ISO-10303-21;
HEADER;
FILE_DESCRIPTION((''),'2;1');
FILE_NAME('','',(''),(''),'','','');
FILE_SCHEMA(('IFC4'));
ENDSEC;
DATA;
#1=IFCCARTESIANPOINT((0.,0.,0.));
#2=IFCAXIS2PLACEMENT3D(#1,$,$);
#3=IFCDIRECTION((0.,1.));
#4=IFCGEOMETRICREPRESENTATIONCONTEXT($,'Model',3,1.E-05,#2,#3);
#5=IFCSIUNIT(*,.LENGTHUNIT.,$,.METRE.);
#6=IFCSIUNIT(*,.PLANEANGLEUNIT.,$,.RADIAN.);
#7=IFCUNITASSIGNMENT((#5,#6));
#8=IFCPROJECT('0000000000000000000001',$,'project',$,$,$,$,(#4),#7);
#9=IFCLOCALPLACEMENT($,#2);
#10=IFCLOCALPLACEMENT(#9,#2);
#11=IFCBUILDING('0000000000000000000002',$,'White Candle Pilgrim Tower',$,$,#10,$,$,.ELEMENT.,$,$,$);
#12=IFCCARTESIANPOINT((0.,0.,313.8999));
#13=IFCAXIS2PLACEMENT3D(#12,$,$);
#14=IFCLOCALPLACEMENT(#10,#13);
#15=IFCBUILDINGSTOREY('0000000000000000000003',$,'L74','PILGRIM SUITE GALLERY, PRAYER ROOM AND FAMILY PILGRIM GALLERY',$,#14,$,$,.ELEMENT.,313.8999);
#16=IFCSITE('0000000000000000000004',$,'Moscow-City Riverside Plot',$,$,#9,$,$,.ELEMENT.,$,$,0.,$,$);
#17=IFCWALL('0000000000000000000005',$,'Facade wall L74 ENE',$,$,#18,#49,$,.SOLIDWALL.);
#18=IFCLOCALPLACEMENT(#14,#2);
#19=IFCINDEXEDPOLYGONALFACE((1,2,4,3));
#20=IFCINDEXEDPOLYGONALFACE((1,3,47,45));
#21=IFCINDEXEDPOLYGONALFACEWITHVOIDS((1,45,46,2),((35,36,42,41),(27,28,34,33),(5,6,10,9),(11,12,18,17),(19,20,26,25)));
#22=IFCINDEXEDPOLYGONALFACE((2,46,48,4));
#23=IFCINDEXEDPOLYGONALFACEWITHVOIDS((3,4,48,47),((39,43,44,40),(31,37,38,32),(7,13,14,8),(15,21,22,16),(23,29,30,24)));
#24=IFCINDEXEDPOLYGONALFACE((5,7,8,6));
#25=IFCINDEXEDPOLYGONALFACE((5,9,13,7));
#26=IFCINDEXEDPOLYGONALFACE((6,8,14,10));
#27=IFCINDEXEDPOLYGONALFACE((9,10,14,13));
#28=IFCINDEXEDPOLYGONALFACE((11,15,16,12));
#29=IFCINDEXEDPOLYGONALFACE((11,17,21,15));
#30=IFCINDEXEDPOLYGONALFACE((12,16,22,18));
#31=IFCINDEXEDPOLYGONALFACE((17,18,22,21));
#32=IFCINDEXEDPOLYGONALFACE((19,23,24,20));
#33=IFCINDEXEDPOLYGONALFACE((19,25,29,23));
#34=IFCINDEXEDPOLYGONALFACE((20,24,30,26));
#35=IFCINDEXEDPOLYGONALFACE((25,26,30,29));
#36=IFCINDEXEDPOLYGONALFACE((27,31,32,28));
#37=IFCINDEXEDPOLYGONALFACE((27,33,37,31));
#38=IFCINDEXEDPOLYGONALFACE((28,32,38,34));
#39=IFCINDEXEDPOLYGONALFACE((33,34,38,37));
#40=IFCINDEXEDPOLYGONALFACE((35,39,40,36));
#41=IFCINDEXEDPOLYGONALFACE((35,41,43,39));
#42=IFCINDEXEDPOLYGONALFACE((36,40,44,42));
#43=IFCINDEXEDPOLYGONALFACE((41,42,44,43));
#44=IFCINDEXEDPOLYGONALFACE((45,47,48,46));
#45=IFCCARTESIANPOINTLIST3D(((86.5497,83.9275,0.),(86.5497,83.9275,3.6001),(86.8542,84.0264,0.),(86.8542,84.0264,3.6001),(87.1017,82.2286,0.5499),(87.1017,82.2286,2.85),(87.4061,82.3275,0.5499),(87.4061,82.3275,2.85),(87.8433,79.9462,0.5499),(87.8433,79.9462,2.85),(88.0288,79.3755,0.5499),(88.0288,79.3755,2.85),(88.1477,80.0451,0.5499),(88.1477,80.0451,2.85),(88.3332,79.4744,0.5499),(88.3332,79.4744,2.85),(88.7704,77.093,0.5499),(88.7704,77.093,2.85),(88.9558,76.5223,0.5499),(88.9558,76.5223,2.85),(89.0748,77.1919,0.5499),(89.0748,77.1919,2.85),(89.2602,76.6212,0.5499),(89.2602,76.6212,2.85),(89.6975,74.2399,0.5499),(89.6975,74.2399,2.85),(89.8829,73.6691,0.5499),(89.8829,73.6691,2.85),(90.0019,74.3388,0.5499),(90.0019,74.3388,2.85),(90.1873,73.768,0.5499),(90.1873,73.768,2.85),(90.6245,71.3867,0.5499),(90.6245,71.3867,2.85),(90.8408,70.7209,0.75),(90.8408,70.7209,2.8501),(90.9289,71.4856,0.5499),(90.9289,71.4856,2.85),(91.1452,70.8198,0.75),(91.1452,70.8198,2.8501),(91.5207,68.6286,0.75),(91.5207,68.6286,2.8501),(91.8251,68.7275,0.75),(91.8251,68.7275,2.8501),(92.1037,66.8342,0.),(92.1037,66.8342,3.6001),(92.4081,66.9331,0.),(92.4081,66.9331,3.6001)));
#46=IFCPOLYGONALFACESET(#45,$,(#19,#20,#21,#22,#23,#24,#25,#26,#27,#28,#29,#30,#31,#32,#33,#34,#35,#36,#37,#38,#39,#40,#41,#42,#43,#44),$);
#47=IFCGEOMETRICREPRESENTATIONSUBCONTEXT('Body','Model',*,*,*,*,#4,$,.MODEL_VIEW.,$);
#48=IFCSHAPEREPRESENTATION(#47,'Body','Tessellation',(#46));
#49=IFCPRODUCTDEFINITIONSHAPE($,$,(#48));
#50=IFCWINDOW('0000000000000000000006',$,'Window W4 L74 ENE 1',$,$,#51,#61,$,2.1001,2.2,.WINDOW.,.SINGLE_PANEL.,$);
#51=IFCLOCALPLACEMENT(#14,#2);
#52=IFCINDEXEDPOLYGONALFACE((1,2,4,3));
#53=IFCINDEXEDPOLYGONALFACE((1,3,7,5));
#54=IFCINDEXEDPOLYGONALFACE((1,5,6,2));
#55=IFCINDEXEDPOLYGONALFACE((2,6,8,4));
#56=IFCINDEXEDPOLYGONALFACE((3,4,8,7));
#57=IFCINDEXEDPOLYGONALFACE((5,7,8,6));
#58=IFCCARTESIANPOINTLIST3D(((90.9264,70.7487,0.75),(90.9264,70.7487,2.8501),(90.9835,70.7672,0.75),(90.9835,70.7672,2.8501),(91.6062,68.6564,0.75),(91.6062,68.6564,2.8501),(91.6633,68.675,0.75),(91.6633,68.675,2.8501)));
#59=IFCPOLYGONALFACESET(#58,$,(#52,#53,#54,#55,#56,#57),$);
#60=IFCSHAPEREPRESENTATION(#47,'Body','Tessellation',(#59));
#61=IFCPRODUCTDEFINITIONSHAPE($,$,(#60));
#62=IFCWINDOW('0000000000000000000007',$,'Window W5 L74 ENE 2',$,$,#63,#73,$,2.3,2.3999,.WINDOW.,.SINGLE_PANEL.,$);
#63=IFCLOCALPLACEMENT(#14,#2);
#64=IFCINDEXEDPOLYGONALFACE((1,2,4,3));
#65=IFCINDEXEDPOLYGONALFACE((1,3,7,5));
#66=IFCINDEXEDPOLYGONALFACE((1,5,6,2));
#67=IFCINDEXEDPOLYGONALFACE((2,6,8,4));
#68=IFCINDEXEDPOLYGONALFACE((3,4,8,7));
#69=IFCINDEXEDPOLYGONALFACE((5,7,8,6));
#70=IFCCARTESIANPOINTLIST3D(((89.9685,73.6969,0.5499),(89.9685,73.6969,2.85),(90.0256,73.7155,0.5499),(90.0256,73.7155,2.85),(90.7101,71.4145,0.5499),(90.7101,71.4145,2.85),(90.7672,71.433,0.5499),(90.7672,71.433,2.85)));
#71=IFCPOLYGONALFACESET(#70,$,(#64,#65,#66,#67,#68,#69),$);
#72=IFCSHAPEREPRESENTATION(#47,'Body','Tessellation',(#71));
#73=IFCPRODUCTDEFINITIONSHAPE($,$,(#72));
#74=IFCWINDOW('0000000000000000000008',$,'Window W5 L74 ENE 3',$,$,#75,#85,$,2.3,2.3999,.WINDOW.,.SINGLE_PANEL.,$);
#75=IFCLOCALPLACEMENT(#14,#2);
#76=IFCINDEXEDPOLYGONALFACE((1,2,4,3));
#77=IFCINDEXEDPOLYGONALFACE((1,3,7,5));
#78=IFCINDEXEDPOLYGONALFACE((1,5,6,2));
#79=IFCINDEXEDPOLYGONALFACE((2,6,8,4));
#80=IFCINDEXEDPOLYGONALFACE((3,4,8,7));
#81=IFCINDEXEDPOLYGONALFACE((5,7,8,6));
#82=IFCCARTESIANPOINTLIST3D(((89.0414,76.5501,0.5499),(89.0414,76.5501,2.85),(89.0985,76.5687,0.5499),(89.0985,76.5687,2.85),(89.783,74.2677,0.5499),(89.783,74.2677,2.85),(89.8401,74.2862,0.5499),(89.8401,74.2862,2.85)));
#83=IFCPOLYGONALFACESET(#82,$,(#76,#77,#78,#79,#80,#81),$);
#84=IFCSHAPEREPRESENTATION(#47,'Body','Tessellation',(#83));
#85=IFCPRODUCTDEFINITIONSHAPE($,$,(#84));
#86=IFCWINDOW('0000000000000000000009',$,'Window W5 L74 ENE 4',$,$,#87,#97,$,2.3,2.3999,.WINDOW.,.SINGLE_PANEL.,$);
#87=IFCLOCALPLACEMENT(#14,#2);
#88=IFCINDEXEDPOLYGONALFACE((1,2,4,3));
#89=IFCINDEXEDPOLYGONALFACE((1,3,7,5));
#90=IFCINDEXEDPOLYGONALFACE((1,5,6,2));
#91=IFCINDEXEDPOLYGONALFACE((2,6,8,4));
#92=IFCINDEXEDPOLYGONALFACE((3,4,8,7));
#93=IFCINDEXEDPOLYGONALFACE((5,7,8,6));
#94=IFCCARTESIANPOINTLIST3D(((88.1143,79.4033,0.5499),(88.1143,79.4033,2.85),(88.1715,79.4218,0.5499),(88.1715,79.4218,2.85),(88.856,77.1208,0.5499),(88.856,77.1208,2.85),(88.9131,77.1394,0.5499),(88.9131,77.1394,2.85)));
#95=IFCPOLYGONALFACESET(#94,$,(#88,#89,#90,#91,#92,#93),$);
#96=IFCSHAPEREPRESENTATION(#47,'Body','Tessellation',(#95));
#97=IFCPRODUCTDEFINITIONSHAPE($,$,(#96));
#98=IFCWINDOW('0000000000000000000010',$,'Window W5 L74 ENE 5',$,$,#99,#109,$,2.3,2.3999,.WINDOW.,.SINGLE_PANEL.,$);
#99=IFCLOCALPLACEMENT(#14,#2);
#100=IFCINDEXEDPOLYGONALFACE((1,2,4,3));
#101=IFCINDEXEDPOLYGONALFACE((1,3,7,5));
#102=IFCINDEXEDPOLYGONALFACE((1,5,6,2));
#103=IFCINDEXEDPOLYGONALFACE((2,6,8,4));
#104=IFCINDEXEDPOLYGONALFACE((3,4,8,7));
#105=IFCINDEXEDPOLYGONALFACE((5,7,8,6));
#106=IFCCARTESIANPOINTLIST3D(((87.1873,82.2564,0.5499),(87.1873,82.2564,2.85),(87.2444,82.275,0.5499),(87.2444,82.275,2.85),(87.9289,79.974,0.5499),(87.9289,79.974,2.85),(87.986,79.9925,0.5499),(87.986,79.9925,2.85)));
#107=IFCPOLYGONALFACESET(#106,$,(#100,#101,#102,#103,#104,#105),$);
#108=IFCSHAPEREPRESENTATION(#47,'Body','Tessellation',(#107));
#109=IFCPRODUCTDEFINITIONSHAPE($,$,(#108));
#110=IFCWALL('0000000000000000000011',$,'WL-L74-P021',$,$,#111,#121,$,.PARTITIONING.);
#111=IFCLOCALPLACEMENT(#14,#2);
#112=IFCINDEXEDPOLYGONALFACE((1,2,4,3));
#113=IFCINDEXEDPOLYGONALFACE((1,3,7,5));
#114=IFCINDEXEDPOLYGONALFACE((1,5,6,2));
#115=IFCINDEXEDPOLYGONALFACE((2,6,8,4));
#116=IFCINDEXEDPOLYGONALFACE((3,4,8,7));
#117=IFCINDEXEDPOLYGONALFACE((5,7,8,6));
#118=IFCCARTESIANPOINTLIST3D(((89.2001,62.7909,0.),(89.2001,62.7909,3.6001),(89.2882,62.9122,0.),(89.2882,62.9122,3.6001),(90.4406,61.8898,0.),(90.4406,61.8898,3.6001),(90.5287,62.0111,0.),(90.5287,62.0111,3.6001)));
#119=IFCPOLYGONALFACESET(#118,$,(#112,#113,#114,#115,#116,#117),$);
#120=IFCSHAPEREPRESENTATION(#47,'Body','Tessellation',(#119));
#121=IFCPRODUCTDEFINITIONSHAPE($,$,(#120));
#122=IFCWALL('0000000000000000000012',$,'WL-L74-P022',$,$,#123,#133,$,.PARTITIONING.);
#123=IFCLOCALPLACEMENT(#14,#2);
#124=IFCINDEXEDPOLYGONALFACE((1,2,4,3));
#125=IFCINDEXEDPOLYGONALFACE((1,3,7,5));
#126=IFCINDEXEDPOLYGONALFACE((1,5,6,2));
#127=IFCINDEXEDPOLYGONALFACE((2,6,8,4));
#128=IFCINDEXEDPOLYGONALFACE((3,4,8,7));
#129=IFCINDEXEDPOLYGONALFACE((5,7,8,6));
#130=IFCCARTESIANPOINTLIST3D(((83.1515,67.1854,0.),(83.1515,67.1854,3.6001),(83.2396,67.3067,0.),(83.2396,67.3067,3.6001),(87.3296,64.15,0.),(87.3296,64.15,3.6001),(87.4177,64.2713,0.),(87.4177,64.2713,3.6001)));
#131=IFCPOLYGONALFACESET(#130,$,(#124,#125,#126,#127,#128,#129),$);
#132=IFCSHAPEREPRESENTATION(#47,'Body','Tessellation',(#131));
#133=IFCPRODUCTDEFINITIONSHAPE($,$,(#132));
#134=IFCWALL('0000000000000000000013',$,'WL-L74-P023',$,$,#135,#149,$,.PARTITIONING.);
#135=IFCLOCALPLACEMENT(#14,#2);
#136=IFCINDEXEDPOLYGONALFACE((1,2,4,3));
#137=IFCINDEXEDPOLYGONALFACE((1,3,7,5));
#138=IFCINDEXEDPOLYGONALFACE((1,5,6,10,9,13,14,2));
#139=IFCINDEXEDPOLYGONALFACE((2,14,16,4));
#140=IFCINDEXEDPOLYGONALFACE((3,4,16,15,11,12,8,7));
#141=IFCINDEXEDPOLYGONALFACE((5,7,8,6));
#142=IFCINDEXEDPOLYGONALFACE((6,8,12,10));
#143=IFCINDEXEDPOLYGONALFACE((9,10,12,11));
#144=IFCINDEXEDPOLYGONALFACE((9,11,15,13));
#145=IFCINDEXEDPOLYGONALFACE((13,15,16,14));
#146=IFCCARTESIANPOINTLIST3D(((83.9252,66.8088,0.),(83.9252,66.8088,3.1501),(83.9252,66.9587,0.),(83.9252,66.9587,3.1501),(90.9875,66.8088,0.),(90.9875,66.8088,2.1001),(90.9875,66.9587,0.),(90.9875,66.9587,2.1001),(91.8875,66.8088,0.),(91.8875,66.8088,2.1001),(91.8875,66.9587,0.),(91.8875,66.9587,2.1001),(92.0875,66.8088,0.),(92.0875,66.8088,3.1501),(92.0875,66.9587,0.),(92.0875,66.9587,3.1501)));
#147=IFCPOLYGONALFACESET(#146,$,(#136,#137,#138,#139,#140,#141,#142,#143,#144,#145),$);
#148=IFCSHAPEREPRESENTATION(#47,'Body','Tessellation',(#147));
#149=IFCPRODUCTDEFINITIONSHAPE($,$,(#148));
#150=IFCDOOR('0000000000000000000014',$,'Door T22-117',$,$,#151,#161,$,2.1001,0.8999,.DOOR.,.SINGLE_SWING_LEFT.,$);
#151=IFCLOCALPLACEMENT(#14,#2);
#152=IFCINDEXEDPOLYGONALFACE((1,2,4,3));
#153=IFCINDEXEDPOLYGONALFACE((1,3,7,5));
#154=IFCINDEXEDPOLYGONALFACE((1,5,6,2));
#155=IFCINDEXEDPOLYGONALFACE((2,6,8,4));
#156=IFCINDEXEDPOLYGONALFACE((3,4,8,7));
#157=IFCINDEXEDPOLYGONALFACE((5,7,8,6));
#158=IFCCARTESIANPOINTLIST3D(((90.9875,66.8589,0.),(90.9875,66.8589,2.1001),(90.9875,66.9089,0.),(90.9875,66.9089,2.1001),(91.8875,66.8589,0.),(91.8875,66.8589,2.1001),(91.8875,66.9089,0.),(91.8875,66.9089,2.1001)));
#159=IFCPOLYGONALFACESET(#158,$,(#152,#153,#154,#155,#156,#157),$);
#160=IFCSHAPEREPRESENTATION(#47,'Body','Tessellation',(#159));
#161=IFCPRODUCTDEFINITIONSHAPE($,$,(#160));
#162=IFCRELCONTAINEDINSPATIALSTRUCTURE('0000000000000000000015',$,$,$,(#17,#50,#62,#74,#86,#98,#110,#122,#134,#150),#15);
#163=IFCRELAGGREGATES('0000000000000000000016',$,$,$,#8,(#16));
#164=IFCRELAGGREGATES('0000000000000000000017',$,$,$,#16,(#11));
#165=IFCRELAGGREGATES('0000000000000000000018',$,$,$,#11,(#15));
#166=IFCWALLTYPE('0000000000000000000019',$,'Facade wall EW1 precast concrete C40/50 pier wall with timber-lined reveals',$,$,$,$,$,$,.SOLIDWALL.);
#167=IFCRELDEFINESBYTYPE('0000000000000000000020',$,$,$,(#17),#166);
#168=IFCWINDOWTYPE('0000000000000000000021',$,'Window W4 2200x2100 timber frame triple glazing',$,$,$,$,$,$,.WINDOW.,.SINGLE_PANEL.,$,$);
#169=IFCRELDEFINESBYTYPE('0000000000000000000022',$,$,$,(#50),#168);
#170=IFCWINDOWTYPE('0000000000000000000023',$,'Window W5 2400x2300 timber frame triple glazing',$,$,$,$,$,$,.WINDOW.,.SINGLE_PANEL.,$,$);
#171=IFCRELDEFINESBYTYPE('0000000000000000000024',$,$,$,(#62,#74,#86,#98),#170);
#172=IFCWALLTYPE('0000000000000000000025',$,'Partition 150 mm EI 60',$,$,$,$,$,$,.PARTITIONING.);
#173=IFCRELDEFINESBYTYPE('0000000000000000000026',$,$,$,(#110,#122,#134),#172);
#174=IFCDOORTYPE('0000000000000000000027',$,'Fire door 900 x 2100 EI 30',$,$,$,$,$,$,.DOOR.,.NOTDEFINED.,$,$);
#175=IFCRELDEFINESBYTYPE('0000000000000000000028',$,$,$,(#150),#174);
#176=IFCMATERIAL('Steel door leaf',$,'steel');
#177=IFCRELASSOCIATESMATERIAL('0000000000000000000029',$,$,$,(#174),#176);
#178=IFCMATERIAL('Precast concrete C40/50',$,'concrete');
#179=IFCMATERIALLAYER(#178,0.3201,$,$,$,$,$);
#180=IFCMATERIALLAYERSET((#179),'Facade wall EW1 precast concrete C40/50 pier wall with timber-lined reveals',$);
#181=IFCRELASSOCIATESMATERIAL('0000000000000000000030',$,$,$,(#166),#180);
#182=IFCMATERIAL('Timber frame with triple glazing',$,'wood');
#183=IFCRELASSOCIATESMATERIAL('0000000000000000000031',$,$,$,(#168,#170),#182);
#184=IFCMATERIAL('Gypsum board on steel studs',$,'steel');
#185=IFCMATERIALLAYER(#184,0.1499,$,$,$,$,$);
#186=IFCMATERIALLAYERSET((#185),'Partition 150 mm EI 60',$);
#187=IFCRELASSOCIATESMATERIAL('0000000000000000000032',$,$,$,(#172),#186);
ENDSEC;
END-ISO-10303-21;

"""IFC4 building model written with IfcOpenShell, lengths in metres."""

from ifc_helpers import new_model, si_unit, direction, frame, frame_2d, origin, place, context, subcontext, project, spatial, rectangle, extrude, material, layer, layer_set, type_object, element, fill, save


model = new_model("IFC4")

# Units and contexts
model_context = context("Model", 3, precision=1e-05, world=origin(), true_north=direction((0.0, 1.0)))
body_context = subcontext(model_context, "Body", "Model", "MODEL_VIEW")
ifc_project = project(units=[si_unit("LENGTHUNIT", "METRE"), si_unit("PLANEANGLEUNIT", "RADIAN")], contexts=[model_context])

# Site, building, storey
site_placement = place(None, origin())
site = spatial("IfcSite", under=ifc_project, at=site_placement, Name="Moscow-City Riverside Plot", CompositionType="ELEMENT", RefElevation=0.0)
building_placement = place(site_placement, origin())
building = spatial("IfcBuilding", under=site, at=building_placement, Name="White Candle Pilgrim Tower", CompositionType="ELEMENT")
storey_placement = place(building_placement, frame((0.0, 0.0, 313.8999)))
storey = spatial("IfcBuildingStorey", under=building, at=storey_placement, Name="L74", Description="PILGRIM SUITE GALLERY, PRAYER ROOM AND FAMILY PILGRIM GALLERY", CompositionType="ELEMENT", Elevation=313.8999)

# Shared definitions
ifc_material_1 = material(Name="Gypsum board on steel studs", Category="steel")
ifc_material_2 = material(Name="Steel door leaf", Category="steel")
door_type = type_object("IfcDoorType", Name="Fire door 900 x 2100 EI 30", OperationType="NOTDEFINED", PredefinedType="DOOR", material=ifc_material_2)

# Shared definitions
ifc_material_3 = material(Name="Precast concrete C40/50", Category="concrete")
ifc_layer_1 = layer(ifc_material_3, 0.3201)
ifc_layer_set_1 = layer_set([ifc_layer_1], Name="Facade wall EW1 precast concrete C40/50 pier wall with timber-lined reveals")
wall_type_1 = type_object("IfcWallType", Name="Facade wall EW1 precast concrete C40/50 pier wall with timber-lined reveals", PredefinedType="SOLIDWALL", material=ifc_layer_set_1)

# Wall, openings, windows
wall_1_placement = place(storey_placement, frame((92.2559, 66.8838, 0.0), z_axis=(0.0, 0.0, 1.0), x_axis=(-0.309018, 0.951056, 0.0)))
wall_1 = element("IfcWall", 1, at=wall_1_placement, inside=storey, type_object=wall_type_1, Name="Facade wall L74 ENE", PredefinedType="SOLIDWALL", context=body_context, shape_type="SweptSolid", body=[
    extrude(rectangle(XDim=17.9729, YDim=0.3201, at=frame_2d((8.9863, 0.0))), origin(), (0.0, 0.0, 1.0), 3.6001),
])
opening_1_placement = place(wall_1_placement, frame((1.8865, 0.0, 0.75)))
opening_1 = element("IfcOpeningElement", 2, at=opening_1_placement, cuts=wall_1, PredefinedType="OPENING", context=body_context, shape_type="SweptSolid", body=[
    extrude(rectangle(XDim=2.2, YDim=2.1001, at=frame_2d((1.1001, 1.05))), frame((0.0, 0.1699, 0.0), z_axis=(0.0, -1.0, 0.0), x_axis=(1.0, 0.0, 0.0)), (0.0, 0.0, 1.0), 0.3401),
])
opening_2_placement = place(wall_1_placement, frame((4.7866, 0.0, 0.55)))
opening_2 = element("IfcOpeningElement", 3, at=opening_2_placement, cuts=wall_1, PredefinedType="OPENING", context=body_context, shape_type="SweptSolid", body=[
    extrude(rectangle(XDim=2.3999, YDim=2.3, at=frame_2d((1.2, 1.1499))), frame((0.0, 0.1699, 0.0), z_axis=(0.0, -1.0, 0.0), x_axis=(1.0, 0.0, 0.0)), (0.0, 0.0, 1.0), 0.3401),
])
opening_3_placement = place(wall_1_placement, frame((7.7866, 0.0, 0.55)))
opening_3 = element("IfcOpeningElement", 4, at=opening_3_placement, cuts=wall_1, PredefinedType="OPENING", context=body_context, shape_type="SweptSolid", body=[
    extrude(rectangle(XDim=2.3999, YDim=2.3, at=frame_2d((1.2, 1.1499))), frame((0.0, 0.1699, 0.0), z_axis=(0.0, -1.0, 0.0), x_axis=(1.0, 0.0, 0.0)), (0.0, 0.0, 1.0), 0.3401),
])
opening_4_placement = place(wall_1_placement, frame((10.7866, 0.0, 0.55)))
opening_4 = element("IfcOpeningElement", 5, at=opening_4_placement, cuts=wall_1, PredefinedType="OPENING", context=body_context, shape_type="SweptSolid", body=[
    extrude(rectangle(XDim=2.3999, YDim=2.3, at=frame_2d((1.2, 1.1499))), frame((0.0, 0.1699, 0.0), z_axis=(0.0, -1.0, 0.0), x_axis=(1.0, 0.0, 0.0)), (0.0, 0.0, 1.0), 0.3401),
])
opening_5_placement = place(wall_1_placement, frame((13.7866, 0.0, 0.55)))
opening_5 = element("IfcOpeningElement", 6, at=opening_5_placement, cuts=wall_1, PredefinedType="OPENING", context=body_context, shape_type="SweptSolid", body=[
    extrude(rectangle(XDim=2.3999, YDim=2.3, at=frame_2d((1.2, 1.1499))), frame((0.0, 0.1699, 0.0), z_axis=(0.0, -1.0, 0.0), x_axis=(1.0, 0.0, 0.0)), (0.0, 0.0, 1.0), 0.3401),
])
ifc_material_4 = material(Name="Timber frame with triple glazing", Category="wood")
window_type_1 = type_object("IfcWindowType", Name="Window W4 2200x2100 timber frame triple glazing", PartitioningType="SINGLE_PANEL", PredefinedType="WINDOW", material=ifc_material_4)
window_1_placement = place(opening_1_placement, origin())
window_1 = element("IfcWindow", 7, at=window_1_placement, inside=storey, type_object=window_type_1, Name="Window W4 L74 ENE 1", OverallHeight=2.1001, OverallWidth=2.2, PartitioningType="SINGLE_PANEL", PredefinedType="WINDOW", context=body_context, shape_type="SweptSolid", body=[
    extrude(rectangle(XDim=2.2, YDim=2.1001, at=frame_2d((1.1001, 1.05))), frame((0.0, 0.0701, 0.0), z_axis=(0.0, -1.0, 0.0), x_axis=(1.0, 0.0, 0.0)), (0.0, 0.0, 1.0), 0.0601),
])
fill(opening_1, window_1)
window_type_2 = type_object("IfcWindowType", Name="Window W5 2400x2300 timber frame triple glazing", PartitioningType="SINGLE_PANEL", PredefinedType="WINDOW", material=ifc_material_4)
window_2_placement = place(opening_2_placement, origin())
window_2 = element("IfcWindow", 8, at=window_2_placement, inside=storey, type_object=window_type_2, Name="Window W5 L74 ENE 2", OverallHeight=2.3, OverallWidth=2.3999, PartitioningType="SINGLE_PANEL", PredefinedType="WINDOW", context=body_context, shape_type="SweptSolid", body=[
    extrude(rectangle(XDim=2.3999, YDim=2.3, at=frame_2d((1.2, 1.1499))), frame((0.0, 0.0701, 0.0), z_axis=(0.0, -1.0, 0.0), x_axis=(1.0, 0.0, 0.0)), (0.0, 0.0, 1.0), 0.0601),
])
fill(opening_2, window_2)
window_3_placement = place(opening_3_placement, origin())
window_3 = element("IfcWindow", 9, at=window_3_placement, inside=storey, type_object=window_type_2, Name="Window W5 L74 ENE 3", OverallHeight=2.3, OverallWidth=2.3999, PartitioningType="SINGLE_PANEL", PredefinedType="WINDOW", context=body_context, shape_type="SweptSolid", body=[
    extrude(rectangle(XDim=2.3999, YDim=2.3, at=frame_2d((1.2, 1.1499))), frame((0.0, 0.0701, 0.0), z_axis=(0.0, -1.0, 0.0), x_axis=(1.0, 0.0, 0.0)), (0.0, 0.0, 1.0), 0.0601),
])
fill(opening_3, window_3)
window_4_placement = place(opening_4_placement, origin())
window_4 = element("IfcWindow", 10, at=window_4_placement, inside=storey, type_object=window_type_2, Name="Window W5 L74 ENE 4", OverallHeight=2.3, OverallWidth=2.3999, PartitioningType="SINGLE_PANEL", PredefinedType="WINDOW", context=body_context, shape_type="SweptSolid", body=[
    extrude(rectangle(XDim=2.3999, YDim=2.3, at=frame_2d((1.2, 1.1499))), frame((0.0, 0.0701, 0.0), z_axis=(0.0, -1.0, 0.0), x_axis=(1.0, 0.0, 0.0)), (0.0, 0.0, 1.0), 0.0601),
])
fill(opening_4, window_4)
window_5_placement = place(opening_5_placement, origin())
window_5 = element("IfcWindow", 11, at=window_5_placement, inside=storey, type_object=window_type_2, Name="Window W5 L74 ENE 5", OverallHeight=2.3, OverallWidth=2.3999, PartitioningType="SINGLE_PANEL", PredefinedType="WINDOW", context=body_context, shape_type="SweptSolid", body=[
    extrude(rectangle(XDim=2.3999, YDim=2.3, at=frame_2d((1.2, 1.1499))), frame((0.0, 0.0701, 0.0), z_axis=(0.0, -1.0, 0.0), x_axis=(1.0, 0.0, 0.0)), (0.0, 0.0, 1.0), 0.0601),
])
fill(opening_5, window_5)

# Walls
ifc_layer_2 = layer(ifc_material_1, 0.1499)
ifc_layer_set_2 = layer_set([ifc_layer_2], Name="Partition 150 mm EI 60")
wall_type_2 = type_object("IfcWallType", Name="Partition 150 mm EI 60", PredefinedType="PARTITIONING", material=ifc_layer_set_2)
wall_2_placement = place(storey_placement, frame((90.4846, 61.9504, 0.0), z_axis=(0.0, 0.0, 1.0), x_axis=(-0.80906, 0.587727, 0.0)))
element("IfcWall", 12, at=wall_2_placement, inside=storey, type_object=wall_type_2, Name="WL-L74-P021", PredefinedType="PARTITIONING", context=body_context, shape_type="SweptSolid", body=[
    extrude(rectangle(XDim=1.5332, YDim=0.1499, at=frame_2d((0.7666, 0.0))), origin(), (0.0, 0.0, 1.0), 3.6001),
])
wall_3_placement = place(storey_placement, frame((87.3735, 64.2107, 0.0), z_axis=(0.0, 0.0, 1.0), x_axis=(-0.809024, 0.587775, 0.0)))
element("IfcWall", 13, at=wall_3_placement, inside=storey, type_object=wall_type_2, Name="WL-L74-P022", PredefinedType="PARTITIONING", context=body_context, shape_type="SweptSolid", body=[
    extrude(rectangle(XDim=5.1643, YDim=0.1499, at=frame_2d((2.582, 0.0))), origin(), (0.0, 0.0, 1.0), 3.6001),
])

# Wall, opening, door
wall_4_placement = place(storey_placement, frame((92.0874, 66.8838, 0.0), z_axis=(0.0, 0.0, 1.0), x_axis=(-1.0, 0.0, 0.0)))
wall_4 = element("IfcWall", 14, at=wall_4_placement, inside=storey, type_object=wall_type_2, Name="WL-L74-P023", PredefinedType="PARTITIONING", context=body_context, shape_type="SweptSolid", body=[
    extrude(rectangle(XDim=8.1624, YDim=0.1499, at=frame_2d((4.0811, 0.0))), origin(), (0.0, 0.0, 1.0), 3.1501),
])
opening_6_placement = place(wall_4_placement, frame((0.2, 0.0, 0.0)))
opening_6 = element("IfcOpeningElement", 15, at=opening_6_placement, cuts=wall_4, PredefinedType="OPENING", context=body_context, shape_type="SweptSolid", body=[
    extrude(rectangle(XDim=0.8999, YDim=2.1001, at=frame_2d((0.45, 1.05))), frame((0.0, 0.085, 0.0), z_axis=(0.0, -1.0, 0.0), x_axis=(1.0, 0.0, 0.0)), (0.0, 0.0, 1.0), 0.1699),
])
door_1_placement = place(opening_6_placement, origin())
door_1 = element("IfcDoor", 16, at=door_1_placement, inside=storey, type_object=door_type, Name="Door T22-117", OperationType="SINGLE_SWING_LEFT", OverallHeight=2.1001, OverallWidth=0.8999, PredefinedType="DOOR", context=body_context, shape_type="SweptSolid", body=[
    extrude(rectangle(XDim=0.8999, YDim=2.1001, at=frame_2d((0.45, 1.05))), frame((0.0, 0.0249, 0.0), z_axis=(0.0, -1.0, 0.0), x_axis=(1.0, 0.0, 0.0)), (0.0, 0.0, 1.0), 0.05),
])
fill(opening_6, door_1)

save(model, "model.ifc")
